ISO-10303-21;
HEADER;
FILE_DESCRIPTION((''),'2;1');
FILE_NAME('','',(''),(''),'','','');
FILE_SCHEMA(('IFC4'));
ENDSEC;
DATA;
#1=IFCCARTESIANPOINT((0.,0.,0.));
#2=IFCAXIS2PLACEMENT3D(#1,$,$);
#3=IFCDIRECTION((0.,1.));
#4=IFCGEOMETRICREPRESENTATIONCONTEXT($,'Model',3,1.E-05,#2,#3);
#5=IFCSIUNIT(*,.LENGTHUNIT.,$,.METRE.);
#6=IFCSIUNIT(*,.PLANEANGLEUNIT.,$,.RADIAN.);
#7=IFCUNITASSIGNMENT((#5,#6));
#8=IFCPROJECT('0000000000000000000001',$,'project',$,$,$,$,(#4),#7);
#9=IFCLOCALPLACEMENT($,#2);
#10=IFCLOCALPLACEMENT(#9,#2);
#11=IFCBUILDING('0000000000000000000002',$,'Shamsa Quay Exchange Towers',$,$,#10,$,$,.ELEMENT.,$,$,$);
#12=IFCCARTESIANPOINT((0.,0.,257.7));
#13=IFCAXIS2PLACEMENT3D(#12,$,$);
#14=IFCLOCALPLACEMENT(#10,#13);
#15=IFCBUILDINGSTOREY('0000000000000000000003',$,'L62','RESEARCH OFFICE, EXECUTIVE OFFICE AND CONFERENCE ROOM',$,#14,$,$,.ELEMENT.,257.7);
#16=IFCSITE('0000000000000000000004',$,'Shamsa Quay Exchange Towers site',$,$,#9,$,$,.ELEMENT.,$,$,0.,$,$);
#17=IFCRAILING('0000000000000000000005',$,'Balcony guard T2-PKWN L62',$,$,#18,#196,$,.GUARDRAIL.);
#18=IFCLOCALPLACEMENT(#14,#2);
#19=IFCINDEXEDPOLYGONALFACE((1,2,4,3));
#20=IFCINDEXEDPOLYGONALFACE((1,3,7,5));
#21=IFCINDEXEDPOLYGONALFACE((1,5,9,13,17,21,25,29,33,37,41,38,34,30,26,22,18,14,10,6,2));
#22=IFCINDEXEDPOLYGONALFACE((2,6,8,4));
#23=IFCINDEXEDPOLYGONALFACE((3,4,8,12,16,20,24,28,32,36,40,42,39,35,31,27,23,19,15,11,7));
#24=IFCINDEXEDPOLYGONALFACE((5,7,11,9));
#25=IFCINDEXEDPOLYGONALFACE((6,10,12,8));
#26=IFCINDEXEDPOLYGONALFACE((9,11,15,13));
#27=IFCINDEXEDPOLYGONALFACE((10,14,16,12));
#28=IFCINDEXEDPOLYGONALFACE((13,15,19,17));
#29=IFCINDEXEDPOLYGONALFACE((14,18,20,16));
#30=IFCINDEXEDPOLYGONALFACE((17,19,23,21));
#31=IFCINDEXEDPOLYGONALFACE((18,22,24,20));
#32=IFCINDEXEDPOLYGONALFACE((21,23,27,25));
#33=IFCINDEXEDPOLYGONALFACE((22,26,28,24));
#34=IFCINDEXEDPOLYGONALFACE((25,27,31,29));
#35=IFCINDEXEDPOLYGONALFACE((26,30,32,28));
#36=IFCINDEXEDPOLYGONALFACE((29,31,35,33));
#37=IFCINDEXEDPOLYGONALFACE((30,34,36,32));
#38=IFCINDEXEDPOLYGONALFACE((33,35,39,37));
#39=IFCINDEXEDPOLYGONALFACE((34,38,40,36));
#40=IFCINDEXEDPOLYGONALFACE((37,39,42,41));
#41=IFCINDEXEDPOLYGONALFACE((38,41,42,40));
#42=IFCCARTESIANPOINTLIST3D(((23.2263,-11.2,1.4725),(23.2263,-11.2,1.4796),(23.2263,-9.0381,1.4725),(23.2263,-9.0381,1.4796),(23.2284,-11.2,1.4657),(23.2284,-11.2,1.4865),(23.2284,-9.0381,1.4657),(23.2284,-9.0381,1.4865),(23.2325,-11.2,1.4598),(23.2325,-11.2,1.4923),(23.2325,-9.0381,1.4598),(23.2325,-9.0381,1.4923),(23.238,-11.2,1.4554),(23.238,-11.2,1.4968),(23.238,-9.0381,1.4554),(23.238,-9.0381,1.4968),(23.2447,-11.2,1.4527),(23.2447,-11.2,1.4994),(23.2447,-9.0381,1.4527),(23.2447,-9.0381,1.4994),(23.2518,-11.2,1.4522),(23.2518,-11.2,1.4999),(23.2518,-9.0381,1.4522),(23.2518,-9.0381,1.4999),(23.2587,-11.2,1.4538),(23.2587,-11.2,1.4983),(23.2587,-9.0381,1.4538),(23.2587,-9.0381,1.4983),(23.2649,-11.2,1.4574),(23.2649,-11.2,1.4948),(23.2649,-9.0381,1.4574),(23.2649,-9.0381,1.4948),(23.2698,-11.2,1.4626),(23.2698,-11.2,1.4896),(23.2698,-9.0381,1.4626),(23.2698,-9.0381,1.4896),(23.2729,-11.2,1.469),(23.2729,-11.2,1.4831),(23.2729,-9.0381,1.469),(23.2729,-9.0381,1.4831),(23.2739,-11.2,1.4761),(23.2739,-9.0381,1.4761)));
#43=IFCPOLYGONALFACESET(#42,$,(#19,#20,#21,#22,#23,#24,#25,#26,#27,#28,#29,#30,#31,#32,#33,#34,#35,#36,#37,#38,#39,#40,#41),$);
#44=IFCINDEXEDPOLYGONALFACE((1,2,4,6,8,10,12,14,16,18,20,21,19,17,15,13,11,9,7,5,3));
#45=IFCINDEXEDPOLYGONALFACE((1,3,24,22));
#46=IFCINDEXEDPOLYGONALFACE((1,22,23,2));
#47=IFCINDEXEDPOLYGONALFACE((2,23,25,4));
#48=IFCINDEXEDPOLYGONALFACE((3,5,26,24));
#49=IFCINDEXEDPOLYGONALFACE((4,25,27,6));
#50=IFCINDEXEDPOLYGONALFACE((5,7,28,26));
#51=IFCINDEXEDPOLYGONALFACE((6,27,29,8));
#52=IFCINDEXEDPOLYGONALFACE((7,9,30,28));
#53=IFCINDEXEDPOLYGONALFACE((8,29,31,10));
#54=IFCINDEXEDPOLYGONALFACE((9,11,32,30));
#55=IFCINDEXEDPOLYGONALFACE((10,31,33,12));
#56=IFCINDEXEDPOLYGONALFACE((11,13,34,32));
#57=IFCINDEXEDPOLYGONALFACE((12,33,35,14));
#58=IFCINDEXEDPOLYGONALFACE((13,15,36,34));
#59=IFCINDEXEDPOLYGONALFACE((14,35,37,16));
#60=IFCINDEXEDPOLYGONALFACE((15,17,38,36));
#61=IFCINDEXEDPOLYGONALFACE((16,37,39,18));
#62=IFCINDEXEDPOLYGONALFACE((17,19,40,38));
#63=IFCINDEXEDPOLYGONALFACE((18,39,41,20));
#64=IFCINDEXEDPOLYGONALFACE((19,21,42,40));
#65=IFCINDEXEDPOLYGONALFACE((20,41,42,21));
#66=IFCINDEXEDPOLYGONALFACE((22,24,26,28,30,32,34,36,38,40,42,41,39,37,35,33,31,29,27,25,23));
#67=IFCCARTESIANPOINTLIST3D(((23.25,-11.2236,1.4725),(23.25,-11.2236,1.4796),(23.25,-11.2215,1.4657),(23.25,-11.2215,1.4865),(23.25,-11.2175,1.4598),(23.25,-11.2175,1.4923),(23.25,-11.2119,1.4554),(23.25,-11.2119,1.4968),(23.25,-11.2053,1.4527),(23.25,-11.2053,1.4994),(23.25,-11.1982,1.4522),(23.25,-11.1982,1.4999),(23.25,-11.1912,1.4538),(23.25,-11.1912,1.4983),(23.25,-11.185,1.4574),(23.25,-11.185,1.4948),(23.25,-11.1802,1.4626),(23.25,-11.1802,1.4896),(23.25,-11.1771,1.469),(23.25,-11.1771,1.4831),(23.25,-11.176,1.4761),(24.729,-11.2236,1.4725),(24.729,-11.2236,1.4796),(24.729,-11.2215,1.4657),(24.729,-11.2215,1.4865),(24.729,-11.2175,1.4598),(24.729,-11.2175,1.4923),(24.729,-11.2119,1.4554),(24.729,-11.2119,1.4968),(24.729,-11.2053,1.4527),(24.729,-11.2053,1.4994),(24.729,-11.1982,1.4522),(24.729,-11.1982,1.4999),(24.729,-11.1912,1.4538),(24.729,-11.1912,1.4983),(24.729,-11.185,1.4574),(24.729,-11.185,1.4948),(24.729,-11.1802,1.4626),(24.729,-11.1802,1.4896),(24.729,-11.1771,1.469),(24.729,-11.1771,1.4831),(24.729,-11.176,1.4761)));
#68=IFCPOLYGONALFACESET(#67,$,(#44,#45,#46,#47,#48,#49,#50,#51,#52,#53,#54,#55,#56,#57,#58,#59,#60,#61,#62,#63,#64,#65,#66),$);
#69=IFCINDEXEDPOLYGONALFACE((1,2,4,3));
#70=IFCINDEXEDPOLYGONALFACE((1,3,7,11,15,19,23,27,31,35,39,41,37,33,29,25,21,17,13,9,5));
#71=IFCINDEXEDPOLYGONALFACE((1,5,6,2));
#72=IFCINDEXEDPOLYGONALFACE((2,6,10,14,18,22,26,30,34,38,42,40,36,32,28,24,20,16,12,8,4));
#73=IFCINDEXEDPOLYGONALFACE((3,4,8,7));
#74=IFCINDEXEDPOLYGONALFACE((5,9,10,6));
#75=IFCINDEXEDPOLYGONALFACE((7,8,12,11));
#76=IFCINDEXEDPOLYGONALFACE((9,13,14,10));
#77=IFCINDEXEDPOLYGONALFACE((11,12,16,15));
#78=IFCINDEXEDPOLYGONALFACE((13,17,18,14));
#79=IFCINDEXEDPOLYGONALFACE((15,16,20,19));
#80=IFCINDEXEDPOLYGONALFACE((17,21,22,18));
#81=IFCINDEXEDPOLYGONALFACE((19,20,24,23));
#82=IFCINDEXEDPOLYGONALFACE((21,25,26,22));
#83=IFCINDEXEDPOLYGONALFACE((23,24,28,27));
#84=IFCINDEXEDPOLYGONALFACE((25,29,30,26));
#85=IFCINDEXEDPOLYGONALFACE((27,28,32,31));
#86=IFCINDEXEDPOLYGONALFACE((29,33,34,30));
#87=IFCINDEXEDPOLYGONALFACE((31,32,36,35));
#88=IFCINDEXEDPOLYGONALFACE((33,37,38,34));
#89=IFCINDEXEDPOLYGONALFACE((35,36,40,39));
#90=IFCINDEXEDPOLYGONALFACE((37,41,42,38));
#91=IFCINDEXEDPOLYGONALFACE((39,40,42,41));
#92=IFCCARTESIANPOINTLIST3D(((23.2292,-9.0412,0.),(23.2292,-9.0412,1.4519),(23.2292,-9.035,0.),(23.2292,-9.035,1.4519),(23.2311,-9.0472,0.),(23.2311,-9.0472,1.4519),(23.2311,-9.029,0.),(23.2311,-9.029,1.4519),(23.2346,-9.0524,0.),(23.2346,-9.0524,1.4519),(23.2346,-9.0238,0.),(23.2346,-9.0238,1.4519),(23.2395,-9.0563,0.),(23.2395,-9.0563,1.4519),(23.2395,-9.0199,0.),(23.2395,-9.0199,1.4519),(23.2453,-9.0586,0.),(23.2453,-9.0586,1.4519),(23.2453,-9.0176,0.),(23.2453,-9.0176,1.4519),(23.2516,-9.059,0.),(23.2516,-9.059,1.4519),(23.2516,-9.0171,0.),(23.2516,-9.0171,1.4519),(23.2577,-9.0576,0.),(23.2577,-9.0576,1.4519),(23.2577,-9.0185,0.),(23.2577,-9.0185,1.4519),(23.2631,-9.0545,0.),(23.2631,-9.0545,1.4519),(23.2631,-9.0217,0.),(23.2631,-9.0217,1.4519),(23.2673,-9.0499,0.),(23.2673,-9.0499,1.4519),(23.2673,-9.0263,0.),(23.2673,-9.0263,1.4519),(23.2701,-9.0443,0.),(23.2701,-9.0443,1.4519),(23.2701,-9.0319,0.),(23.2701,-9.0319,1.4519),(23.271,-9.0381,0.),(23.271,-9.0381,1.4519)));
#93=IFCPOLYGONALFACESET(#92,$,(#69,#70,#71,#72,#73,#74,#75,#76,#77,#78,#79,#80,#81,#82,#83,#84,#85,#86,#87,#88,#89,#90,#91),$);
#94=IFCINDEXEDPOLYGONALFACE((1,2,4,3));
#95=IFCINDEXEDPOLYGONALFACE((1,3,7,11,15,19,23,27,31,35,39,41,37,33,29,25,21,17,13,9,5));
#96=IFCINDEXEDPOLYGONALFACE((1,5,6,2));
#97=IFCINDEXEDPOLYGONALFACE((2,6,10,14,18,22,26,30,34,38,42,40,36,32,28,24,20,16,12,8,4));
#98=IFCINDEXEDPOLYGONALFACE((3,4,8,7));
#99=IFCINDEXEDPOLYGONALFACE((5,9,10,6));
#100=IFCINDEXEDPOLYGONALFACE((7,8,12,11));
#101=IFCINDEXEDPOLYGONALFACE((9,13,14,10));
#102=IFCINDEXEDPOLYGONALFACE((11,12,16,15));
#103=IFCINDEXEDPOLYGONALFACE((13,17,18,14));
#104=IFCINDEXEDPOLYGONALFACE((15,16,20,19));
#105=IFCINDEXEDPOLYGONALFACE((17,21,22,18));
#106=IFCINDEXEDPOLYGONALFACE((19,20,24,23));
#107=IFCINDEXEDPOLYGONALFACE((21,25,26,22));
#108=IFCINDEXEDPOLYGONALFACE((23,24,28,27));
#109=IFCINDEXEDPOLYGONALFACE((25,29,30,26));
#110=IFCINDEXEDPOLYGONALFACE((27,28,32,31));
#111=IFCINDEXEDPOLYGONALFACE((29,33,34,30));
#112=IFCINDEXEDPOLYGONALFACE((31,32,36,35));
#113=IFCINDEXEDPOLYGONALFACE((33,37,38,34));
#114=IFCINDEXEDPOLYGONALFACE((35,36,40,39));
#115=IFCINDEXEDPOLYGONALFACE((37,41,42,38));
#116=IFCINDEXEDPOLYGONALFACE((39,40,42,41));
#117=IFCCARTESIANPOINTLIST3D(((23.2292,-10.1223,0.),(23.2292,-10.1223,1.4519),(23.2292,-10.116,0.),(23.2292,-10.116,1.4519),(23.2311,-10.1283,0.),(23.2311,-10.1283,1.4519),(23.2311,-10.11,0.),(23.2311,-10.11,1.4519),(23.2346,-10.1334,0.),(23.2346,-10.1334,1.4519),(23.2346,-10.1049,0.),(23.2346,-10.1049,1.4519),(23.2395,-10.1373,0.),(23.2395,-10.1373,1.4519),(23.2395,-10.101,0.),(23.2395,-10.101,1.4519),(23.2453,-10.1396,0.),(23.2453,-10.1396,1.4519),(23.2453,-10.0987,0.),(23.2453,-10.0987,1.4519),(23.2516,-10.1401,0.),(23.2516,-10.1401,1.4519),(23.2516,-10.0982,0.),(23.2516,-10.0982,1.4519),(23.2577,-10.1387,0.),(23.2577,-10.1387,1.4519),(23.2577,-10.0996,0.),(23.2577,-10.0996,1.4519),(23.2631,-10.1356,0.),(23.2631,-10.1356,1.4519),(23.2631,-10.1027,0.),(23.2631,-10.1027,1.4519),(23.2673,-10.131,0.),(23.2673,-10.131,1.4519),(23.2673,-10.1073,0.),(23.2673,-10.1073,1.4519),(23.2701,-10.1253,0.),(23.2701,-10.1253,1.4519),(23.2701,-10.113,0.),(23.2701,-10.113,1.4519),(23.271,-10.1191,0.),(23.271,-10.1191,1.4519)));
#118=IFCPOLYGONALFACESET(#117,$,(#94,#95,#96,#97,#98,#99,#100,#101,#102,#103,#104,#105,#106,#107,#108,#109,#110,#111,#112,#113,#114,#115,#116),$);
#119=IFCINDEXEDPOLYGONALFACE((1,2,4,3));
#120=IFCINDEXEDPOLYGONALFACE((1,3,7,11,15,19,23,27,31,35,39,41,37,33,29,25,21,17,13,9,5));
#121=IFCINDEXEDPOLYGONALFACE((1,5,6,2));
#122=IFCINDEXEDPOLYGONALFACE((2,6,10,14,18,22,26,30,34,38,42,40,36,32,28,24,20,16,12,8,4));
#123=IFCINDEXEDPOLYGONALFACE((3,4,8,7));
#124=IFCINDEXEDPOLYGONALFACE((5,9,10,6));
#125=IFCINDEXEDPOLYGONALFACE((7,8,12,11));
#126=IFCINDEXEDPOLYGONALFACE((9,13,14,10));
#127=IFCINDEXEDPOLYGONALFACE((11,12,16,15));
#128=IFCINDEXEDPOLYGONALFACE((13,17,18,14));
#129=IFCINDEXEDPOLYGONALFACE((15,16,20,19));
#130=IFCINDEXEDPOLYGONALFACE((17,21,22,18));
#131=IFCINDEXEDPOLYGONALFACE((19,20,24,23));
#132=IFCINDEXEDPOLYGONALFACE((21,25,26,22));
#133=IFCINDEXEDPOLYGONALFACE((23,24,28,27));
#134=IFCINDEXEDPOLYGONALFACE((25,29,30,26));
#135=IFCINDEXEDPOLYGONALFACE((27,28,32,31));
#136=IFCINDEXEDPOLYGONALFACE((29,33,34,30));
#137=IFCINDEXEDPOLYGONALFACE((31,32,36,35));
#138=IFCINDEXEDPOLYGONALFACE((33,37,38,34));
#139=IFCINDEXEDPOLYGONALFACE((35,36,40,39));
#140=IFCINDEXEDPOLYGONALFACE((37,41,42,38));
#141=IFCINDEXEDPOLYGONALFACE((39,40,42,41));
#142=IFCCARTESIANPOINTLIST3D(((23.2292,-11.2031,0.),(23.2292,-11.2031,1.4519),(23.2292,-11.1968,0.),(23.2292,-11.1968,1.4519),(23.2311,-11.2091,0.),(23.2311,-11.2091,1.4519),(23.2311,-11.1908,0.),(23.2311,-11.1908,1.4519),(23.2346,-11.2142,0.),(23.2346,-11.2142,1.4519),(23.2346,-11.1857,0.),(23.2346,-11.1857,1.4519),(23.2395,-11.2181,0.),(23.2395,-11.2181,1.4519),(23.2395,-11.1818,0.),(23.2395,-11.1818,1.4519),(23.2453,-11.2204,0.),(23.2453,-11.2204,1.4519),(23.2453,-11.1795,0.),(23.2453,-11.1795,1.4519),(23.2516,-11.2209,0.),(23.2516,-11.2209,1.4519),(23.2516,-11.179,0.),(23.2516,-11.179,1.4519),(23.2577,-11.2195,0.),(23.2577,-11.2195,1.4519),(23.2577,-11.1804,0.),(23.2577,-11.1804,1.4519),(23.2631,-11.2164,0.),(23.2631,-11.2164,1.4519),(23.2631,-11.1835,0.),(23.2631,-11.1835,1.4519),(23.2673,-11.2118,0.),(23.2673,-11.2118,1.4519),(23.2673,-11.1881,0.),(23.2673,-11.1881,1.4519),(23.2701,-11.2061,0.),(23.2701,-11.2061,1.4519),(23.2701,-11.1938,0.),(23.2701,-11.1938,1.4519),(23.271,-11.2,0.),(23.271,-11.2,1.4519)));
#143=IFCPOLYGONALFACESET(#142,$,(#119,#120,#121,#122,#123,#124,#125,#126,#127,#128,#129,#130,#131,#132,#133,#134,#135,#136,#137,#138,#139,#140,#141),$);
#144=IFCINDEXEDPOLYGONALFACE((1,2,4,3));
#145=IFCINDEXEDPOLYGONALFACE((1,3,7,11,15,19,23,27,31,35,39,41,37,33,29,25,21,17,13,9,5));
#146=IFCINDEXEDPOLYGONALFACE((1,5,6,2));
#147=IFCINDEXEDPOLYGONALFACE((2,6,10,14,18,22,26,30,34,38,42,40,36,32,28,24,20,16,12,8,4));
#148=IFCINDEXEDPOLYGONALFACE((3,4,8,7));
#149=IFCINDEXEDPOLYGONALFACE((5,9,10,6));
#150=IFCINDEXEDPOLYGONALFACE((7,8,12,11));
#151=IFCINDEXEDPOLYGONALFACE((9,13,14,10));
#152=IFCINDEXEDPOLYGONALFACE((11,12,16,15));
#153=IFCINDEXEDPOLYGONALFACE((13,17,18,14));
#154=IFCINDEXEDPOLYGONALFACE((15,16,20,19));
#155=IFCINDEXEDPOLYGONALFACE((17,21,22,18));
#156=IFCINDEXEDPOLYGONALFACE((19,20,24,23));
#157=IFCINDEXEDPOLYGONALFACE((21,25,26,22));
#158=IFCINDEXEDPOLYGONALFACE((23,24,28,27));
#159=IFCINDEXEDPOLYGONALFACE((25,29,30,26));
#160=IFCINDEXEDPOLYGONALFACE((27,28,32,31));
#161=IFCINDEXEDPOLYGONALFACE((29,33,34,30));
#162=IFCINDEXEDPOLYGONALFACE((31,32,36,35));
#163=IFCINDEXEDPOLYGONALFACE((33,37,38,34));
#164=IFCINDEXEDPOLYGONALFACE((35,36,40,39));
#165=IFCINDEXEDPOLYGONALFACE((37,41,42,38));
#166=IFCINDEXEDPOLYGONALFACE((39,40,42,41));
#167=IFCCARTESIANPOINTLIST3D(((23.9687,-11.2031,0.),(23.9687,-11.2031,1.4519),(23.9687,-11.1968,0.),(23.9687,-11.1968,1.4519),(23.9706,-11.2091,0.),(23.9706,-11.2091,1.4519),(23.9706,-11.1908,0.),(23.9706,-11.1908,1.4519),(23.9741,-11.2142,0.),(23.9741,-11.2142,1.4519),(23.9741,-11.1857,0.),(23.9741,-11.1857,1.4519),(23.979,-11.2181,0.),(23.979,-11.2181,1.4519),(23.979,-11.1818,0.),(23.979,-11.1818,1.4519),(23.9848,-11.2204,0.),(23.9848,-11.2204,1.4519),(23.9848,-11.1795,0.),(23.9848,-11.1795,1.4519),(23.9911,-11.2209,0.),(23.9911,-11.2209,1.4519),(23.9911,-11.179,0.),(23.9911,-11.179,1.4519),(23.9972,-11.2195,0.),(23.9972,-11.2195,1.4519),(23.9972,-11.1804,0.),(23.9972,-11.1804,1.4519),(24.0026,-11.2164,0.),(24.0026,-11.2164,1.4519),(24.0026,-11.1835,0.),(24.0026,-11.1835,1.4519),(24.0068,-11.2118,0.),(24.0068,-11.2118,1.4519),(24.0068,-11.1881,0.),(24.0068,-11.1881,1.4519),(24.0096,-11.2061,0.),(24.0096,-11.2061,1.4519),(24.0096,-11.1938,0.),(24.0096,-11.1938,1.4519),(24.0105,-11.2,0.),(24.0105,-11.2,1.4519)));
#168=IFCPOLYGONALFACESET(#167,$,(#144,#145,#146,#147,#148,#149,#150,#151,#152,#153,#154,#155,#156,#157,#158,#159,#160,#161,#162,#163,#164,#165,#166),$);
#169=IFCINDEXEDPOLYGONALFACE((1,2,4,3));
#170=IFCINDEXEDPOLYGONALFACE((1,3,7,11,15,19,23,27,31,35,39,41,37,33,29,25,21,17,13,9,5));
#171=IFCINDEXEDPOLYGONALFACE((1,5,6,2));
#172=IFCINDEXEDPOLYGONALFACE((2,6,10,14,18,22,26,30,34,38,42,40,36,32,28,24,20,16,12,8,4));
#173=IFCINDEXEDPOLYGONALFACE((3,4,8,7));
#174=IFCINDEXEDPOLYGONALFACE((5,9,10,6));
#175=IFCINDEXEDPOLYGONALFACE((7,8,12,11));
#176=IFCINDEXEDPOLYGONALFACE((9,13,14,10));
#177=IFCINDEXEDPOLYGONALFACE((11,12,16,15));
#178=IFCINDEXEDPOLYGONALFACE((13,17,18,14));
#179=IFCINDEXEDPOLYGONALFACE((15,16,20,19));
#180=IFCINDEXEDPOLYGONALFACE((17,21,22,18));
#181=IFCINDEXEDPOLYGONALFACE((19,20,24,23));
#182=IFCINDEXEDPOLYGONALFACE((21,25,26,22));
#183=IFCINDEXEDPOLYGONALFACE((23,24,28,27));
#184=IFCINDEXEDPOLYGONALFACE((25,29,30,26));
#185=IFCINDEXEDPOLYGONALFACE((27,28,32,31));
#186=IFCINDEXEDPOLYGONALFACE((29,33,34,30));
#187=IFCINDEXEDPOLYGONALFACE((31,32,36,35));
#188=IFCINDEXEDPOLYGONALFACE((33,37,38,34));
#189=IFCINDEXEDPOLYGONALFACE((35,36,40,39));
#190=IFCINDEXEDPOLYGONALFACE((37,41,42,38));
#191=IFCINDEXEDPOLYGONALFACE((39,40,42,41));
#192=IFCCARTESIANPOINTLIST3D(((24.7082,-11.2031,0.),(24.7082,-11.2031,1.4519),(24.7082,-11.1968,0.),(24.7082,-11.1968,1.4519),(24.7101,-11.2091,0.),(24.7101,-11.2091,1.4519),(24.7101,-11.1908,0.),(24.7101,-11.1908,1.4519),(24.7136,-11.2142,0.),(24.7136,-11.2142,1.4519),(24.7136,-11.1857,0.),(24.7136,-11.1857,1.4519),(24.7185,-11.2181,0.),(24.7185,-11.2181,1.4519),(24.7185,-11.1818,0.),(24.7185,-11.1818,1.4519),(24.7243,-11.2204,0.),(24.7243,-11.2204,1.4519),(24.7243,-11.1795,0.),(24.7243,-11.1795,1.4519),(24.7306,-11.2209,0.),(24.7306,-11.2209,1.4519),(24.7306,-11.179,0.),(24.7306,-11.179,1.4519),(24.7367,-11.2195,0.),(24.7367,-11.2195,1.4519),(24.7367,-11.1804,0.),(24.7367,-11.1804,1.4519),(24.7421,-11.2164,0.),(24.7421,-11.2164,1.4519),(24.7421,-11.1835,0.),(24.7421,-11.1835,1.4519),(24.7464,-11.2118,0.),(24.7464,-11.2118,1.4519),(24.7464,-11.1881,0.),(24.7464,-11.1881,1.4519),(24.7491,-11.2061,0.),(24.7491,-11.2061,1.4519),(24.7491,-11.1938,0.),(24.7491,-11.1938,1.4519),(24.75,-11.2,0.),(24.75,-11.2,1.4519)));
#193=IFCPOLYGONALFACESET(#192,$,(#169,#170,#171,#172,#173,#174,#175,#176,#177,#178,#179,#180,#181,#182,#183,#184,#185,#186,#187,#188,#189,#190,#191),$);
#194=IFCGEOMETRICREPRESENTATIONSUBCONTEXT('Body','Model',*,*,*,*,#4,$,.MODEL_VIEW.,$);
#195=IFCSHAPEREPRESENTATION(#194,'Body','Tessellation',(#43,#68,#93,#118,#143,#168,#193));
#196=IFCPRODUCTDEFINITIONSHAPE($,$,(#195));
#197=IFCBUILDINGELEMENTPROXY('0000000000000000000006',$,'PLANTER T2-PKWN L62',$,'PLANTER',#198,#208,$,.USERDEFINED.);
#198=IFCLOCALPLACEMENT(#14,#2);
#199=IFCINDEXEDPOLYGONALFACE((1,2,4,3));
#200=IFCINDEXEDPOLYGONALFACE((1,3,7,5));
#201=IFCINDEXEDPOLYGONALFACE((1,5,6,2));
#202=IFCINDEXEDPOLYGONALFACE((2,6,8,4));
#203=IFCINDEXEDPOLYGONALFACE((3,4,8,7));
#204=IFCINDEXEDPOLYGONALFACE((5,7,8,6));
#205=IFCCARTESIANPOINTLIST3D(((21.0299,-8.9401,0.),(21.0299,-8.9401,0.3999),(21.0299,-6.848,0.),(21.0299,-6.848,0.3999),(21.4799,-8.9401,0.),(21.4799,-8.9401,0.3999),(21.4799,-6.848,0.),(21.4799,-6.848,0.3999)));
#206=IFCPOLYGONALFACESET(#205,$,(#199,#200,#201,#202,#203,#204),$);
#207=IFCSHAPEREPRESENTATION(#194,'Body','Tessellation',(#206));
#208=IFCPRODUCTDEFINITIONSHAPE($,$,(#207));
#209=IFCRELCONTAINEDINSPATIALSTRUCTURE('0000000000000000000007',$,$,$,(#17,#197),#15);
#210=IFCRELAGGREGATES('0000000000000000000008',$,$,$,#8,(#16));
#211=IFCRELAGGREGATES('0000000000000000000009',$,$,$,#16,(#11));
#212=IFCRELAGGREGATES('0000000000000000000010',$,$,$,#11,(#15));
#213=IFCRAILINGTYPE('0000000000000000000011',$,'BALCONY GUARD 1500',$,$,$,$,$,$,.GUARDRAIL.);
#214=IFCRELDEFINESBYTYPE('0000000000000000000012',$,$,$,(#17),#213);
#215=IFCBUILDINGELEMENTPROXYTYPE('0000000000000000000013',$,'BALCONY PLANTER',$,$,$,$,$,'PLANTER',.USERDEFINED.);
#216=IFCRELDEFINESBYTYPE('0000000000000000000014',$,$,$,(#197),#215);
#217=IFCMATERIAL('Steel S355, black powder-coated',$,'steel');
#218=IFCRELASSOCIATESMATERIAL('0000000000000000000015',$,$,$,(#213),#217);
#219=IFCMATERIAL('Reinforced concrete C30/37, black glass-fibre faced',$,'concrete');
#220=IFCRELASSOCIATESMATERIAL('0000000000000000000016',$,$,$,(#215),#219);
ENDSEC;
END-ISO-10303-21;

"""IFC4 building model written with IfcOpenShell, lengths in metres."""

from ifc_helpers import new_model, si_unit, direction, frame, origin, origin_2d, place, context, subcontext, project, spatial, rectangle, circle, extrude, material, type_object, element, save


model = new_model("IFC4")

# Units and contexts
model_context = context("Model", 3, precision=1e-05, world=origin(), true_north=direction((0.0, 1.0)))
body_context = subcontext(model_context, "Body", "Model", "MODEL_VIEW")
ifc_project = project(units=[si_unit("LENGTHUNIT", "METRE"), si_unit("PLANEANGLEUNIT", "RADIAN")], contexts=[model_context])

# Site, building, storey
site_placement = place(None, origin())
site = spatial("IfcSite", under=ifc_project, at=site_placement, Name="Shamsa Quay Exchange Towers site", CompositionType="ELEMENT", RefElevation=0.0)
building_placement = place(site_placement, origin())
building = spatial("IfcBuilding", under=site, at=building_placement, Name="Shamsa Quay Exchange Towers", CompositionType="ELEMENT")
storey_placement = place(building_placement, frame((0.0, 0.0, 257.7)))
storey = spatial("IfcBuildingStorey", under=building, at=storey_placement, Name="L62", Description="RESEARCH OFFICE, EXECUTIVE OFFICE AND CONFERENCE ROOM", CompositionType="ELEMENT", Elevation=257.7)

# Railing
ifc_material_1 = material(Name="Steel S355, black powder-coated", Category="steel")
railing_type_1 = type_object("IfcRailingType", Name="BALCONY GUARD 1500", PredefinedType="GUARDRAIL", material=ifc_material_1)
for number, where, name in (
    (1, (23.25, -9.0381, 0.0), "Balcony guard T2-PKWN L62"),
):
    element("IfcRailing", number, at=place(storey_placement, frame(where)), inside=storey, type_object=railing_type_1, Name=name, PredefinedType="GUARDRAIL", context=body_context, shape_type="SweptSolid", body=[
        extrude(circle(Radius=0.0239, at=origin_2d()), frame((0.0, 0.0, 1.4761), z_axis=(0.0, -1.0, 0.0), x_axis=(1.0, 0.0, 0.0)), (0.0, 0.0, 1.0), 2.1619),
        extrude(circle(Radius=0.0239, at=origin_2d()), frame((0.0, -2.1619, 1.4761), z_axis=(1.0, 0.0, 0.0), x_axis=(0.0, 1.0, 0.0)), (0.0, 0.0, 1.0), 1.479),
        extrude(circle(Radius=0.021, at=origin_2d()), origin(), (0.0, 0.0, 1.0), 1.4519),
        extrude(circle(Radius=0.021, at=origin_2d()), frame((0.0, -1.0811, 0.0)), (0.0, 0.0, 1.0), 1.4519),
        extrude(circle(Radius=0.021, at=origin_2d()), frame((0.0, -2.1619, 0.0)), (0.0, 0.0, 1.0), 1.4519),
        extrude(circle(Radius=0.021, at=origin_2d()), frame((0.7395, -2.1619, 0.0)), (0.0, 0.0, 1.0), 1.4519),
        extrude(circle(Radius=0.021, at=origin_2d()), frame((1.479, -2.1619, 0.0)), (0.0, 0.0, 1.0), 1.4519),
    ])

# Building element proxy
ifc_material_2 = material(Name="Reinforced concrete C30/37, black glass-fibre faced", Category="concrete")
building_element_proxy_type = type_object("IfcBuildingElementProxyType", Name="BALCONY PLANTER", ElementType="PLANTER", PredefinedType="USERDEFINED", material=ifc_material_2)
for number, where, z_axis, x_axis, name in (
    (2, (21.2549, -7.894, 0.0), (0.0, 0.0, 1.0), (0.0, -1.0, 0.0), "PLANTER T2-PKWN L62"),
):
    element("IfcBuildingElementProxy", number, at=place(storey_placement, frame(where, z_axis=z_axis, x_axis=x_axis)), inside=storey, type_object=building_element_proxy_type, Name=name, ObjectType="PLANTER", PredefinedType="USERDEFINED", context=body_context, shape_type="SweptSolid", body=[
        extrude(rectangle(XDim=2.092, YDim=0.45, at=origin_2d()), origin(), (0.0, 0.0, 1.0), 0.3999),
    ])

save(model, "model.ifc")
